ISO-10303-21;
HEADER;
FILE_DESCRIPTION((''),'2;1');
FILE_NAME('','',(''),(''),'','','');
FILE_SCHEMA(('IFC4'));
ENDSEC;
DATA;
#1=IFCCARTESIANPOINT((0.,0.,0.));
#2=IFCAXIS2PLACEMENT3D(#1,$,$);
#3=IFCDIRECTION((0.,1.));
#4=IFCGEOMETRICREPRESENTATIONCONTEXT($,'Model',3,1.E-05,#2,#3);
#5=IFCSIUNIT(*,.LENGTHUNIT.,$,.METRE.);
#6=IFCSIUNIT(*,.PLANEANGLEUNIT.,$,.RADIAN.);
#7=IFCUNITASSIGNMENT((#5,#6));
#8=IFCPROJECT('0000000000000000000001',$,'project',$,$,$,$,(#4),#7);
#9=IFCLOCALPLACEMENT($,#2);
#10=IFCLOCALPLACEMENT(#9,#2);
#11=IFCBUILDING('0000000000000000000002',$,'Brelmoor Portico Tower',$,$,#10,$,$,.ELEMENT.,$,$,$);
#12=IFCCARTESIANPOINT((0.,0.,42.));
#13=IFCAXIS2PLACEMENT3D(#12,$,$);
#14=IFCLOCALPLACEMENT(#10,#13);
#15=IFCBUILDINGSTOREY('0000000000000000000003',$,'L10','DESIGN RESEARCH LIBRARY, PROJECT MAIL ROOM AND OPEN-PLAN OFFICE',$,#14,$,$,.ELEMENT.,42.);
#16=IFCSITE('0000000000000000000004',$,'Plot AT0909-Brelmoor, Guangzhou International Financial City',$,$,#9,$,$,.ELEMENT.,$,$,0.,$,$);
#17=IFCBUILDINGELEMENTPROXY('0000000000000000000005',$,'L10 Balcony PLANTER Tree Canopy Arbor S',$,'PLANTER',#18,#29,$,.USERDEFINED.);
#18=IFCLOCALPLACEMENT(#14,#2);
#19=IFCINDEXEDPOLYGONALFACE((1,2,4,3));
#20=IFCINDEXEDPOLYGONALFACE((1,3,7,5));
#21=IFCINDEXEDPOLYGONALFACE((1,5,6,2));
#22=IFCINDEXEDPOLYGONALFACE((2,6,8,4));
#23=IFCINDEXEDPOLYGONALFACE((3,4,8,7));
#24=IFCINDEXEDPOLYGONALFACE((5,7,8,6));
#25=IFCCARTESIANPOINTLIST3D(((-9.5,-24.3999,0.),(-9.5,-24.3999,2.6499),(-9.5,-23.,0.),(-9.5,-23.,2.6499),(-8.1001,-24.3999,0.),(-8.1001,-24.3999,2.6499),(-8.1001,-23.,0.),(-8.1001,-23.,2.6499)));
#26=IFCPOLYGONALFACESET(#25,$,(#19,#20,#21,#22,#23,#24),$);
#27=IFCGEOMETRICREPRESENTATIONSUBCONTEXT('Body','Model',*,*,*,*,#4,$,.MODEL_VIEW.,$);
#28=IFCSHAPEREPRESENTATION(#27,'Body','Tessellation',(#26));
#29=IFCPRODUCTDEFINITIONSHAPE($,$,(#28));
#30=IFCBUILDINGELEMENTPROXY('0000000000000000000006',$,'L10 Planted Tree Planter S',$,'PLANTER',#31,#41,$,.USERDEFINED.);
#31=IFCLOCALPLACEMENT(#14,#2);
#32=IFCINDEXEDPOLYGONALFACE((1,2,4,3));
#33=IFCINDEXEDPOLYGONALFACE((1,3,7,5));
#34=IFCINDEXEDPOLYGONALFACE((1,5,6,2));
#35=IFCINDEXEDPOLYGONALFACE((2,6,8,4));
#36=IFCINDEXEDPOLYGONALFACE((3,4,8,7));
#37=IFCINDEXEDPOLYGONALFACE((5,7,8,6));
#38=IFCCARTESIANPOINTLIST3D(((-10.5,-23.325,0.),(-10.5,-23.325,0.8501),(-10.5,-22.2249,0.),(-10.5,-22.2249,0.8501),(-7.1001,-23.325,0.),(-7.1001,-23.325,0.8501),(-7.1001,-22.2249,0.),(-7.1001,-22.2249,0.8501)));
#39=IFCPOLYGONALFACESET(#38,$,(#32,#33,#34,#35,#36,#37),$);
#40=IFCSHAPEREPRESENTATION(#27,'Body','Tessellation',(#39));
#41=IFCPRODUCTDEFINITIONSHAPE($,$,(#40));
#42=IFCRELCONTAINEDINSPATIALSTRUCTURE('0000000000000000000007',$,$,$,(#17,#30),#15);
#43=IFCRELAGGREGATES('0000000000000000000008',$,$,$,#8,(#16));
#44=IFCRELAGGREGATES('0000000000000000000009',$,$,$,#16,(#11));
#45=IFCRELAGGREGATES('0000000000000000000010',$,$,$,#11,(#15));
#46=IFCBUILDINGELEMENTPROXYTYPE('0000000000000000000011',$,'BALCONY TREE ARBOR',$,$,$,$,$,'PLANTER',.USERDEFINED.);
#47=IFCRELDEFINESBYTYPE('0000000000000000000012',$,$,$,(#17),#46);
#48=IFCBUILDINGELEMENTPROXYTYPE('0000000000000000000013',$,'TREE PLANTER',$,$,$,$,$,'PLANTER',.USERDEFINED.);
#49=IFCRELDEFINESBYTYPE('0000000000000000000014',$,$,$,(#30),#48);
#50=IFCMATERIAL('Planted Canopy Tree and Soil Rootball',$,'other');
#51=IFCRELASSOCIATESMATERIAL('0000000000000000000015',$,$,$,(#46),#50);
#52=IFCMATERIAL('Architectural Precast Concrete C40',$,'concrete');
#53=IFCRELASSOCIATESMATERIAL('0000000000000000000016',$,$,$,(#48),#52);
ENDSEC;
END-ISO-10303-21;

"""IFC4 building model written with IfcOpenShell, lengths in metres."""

from ifc_helpers import new_model, si_unit, direction, frame, origin, origin_2d, place, context, subcontext, project, spatial, rectangle, extrude, material, type_object, element, save


model = new_model("IFC4")

# Units and contexts
model_context = context("Model", 3, precision=1e-05, world=origin(), true_north=direction((0.0, 1.0)))
body_context = subcontext(model_context, "Body", "Model", "MODEL_VIEW")
ifc_project = project(units=[si_unit("LENGTHUNIT", "METRE"), si_unit("PLANEANGLEUNIT", "RADIAN")], contexts=[model_context])

# Site, building, storey
site_placement = place(None, origin())
site = spatial("IfcSite", under=ifc_project, at=site_placement, Name="Plot AT0909-Brelmoor, Guangzhou International Financial City", CompositionType="ELEMENT", RefElevation=0.0)
building_placement = place(site_placement, origin())
building = spatial("IfcBuilding", under=site, at=building_placement, Name="Brelmoor Portico Tower", CompositionType="ELEMENT")
storey_placement = place(building_placement, frame((0.0, 0.0, 42.0)))
storey = spatial("IfcBuildingStorey", under=building, at=storey_placement, Name="L10", Description="DESIGN RESEARCH LIBRARY, PROJECT MAIL ROOM AND OPEN-PLAN OFFICE", CompositionType="ELEMENT", Elevation=42.0)

# Building element proxies
ifc_material_1 = material(Name="Planted Canopy Tree and Soil Rootball", Category="other")
building_element_proxy_type_1 = type_object("IfcBuildingElementProxyType", Name="BALCONY TREE ARBOR", ElementType="PLANTER", PredefinedType="USERDEFINED", material=ifc_material_1)
proxy_1_placement = place(storey_placement, frame((-8.8, -23.7, 0.0), z_axis=(0.0, 0.0, 1.0), x_axis=(1.0, 0.0, 0.0)))
element("IfcBuildingElementProxy", 1, at=proxy_1_placement, inside=storey, type_object=building_element_proxy_type_1, Name="L10 Balcony PLANTER Tree Canopy Arbor S", ObjectType="PLANTER", PredefinedType="USERDEFINED", context=body_context, shape_type="SweptSolid", body=[
    extrude(rectangle(XDim=1.3999, YDim=1.3999, at=origin_2d()), origin(), (0.0, 0.0, 1.0), 2.6499),
])
ifc_material_2 = material(Name="Architectural Precast Concrete C40", Category="concrete")
building_element_proxy_type_2 = type_object("IfcBuildingElementProxyType", Name="TREE PLANTER", ElementType="PLANTER", PredefinedType="USERDEFINED", material=ifc_material_2)
proxy_2_placement = place(storey_placement, frame((-8.8, -22.7749, 0.0), z_axis=(0.0, 0.0, 1.0), x_axis=(1.0, 0.0, 0.0)))
element("IfcBuildingElementProxy", 2, at=proxy_2_placement, inside=storey, type_object=building_element_proxy_type_2, Name="L10 Planted Tree Planter S", ObjectType="PLANTER", PredefinedType="USERDEFINED", context=body_context, shape_type="SweptSolid", body=[
    extrude(rectangle(XDim=3.3999, YDim=1.1001, at=origin_2d()), origin(), (0.0, 0.0, 1.0), 0.8501),
])

save(model, "model.ifc")
